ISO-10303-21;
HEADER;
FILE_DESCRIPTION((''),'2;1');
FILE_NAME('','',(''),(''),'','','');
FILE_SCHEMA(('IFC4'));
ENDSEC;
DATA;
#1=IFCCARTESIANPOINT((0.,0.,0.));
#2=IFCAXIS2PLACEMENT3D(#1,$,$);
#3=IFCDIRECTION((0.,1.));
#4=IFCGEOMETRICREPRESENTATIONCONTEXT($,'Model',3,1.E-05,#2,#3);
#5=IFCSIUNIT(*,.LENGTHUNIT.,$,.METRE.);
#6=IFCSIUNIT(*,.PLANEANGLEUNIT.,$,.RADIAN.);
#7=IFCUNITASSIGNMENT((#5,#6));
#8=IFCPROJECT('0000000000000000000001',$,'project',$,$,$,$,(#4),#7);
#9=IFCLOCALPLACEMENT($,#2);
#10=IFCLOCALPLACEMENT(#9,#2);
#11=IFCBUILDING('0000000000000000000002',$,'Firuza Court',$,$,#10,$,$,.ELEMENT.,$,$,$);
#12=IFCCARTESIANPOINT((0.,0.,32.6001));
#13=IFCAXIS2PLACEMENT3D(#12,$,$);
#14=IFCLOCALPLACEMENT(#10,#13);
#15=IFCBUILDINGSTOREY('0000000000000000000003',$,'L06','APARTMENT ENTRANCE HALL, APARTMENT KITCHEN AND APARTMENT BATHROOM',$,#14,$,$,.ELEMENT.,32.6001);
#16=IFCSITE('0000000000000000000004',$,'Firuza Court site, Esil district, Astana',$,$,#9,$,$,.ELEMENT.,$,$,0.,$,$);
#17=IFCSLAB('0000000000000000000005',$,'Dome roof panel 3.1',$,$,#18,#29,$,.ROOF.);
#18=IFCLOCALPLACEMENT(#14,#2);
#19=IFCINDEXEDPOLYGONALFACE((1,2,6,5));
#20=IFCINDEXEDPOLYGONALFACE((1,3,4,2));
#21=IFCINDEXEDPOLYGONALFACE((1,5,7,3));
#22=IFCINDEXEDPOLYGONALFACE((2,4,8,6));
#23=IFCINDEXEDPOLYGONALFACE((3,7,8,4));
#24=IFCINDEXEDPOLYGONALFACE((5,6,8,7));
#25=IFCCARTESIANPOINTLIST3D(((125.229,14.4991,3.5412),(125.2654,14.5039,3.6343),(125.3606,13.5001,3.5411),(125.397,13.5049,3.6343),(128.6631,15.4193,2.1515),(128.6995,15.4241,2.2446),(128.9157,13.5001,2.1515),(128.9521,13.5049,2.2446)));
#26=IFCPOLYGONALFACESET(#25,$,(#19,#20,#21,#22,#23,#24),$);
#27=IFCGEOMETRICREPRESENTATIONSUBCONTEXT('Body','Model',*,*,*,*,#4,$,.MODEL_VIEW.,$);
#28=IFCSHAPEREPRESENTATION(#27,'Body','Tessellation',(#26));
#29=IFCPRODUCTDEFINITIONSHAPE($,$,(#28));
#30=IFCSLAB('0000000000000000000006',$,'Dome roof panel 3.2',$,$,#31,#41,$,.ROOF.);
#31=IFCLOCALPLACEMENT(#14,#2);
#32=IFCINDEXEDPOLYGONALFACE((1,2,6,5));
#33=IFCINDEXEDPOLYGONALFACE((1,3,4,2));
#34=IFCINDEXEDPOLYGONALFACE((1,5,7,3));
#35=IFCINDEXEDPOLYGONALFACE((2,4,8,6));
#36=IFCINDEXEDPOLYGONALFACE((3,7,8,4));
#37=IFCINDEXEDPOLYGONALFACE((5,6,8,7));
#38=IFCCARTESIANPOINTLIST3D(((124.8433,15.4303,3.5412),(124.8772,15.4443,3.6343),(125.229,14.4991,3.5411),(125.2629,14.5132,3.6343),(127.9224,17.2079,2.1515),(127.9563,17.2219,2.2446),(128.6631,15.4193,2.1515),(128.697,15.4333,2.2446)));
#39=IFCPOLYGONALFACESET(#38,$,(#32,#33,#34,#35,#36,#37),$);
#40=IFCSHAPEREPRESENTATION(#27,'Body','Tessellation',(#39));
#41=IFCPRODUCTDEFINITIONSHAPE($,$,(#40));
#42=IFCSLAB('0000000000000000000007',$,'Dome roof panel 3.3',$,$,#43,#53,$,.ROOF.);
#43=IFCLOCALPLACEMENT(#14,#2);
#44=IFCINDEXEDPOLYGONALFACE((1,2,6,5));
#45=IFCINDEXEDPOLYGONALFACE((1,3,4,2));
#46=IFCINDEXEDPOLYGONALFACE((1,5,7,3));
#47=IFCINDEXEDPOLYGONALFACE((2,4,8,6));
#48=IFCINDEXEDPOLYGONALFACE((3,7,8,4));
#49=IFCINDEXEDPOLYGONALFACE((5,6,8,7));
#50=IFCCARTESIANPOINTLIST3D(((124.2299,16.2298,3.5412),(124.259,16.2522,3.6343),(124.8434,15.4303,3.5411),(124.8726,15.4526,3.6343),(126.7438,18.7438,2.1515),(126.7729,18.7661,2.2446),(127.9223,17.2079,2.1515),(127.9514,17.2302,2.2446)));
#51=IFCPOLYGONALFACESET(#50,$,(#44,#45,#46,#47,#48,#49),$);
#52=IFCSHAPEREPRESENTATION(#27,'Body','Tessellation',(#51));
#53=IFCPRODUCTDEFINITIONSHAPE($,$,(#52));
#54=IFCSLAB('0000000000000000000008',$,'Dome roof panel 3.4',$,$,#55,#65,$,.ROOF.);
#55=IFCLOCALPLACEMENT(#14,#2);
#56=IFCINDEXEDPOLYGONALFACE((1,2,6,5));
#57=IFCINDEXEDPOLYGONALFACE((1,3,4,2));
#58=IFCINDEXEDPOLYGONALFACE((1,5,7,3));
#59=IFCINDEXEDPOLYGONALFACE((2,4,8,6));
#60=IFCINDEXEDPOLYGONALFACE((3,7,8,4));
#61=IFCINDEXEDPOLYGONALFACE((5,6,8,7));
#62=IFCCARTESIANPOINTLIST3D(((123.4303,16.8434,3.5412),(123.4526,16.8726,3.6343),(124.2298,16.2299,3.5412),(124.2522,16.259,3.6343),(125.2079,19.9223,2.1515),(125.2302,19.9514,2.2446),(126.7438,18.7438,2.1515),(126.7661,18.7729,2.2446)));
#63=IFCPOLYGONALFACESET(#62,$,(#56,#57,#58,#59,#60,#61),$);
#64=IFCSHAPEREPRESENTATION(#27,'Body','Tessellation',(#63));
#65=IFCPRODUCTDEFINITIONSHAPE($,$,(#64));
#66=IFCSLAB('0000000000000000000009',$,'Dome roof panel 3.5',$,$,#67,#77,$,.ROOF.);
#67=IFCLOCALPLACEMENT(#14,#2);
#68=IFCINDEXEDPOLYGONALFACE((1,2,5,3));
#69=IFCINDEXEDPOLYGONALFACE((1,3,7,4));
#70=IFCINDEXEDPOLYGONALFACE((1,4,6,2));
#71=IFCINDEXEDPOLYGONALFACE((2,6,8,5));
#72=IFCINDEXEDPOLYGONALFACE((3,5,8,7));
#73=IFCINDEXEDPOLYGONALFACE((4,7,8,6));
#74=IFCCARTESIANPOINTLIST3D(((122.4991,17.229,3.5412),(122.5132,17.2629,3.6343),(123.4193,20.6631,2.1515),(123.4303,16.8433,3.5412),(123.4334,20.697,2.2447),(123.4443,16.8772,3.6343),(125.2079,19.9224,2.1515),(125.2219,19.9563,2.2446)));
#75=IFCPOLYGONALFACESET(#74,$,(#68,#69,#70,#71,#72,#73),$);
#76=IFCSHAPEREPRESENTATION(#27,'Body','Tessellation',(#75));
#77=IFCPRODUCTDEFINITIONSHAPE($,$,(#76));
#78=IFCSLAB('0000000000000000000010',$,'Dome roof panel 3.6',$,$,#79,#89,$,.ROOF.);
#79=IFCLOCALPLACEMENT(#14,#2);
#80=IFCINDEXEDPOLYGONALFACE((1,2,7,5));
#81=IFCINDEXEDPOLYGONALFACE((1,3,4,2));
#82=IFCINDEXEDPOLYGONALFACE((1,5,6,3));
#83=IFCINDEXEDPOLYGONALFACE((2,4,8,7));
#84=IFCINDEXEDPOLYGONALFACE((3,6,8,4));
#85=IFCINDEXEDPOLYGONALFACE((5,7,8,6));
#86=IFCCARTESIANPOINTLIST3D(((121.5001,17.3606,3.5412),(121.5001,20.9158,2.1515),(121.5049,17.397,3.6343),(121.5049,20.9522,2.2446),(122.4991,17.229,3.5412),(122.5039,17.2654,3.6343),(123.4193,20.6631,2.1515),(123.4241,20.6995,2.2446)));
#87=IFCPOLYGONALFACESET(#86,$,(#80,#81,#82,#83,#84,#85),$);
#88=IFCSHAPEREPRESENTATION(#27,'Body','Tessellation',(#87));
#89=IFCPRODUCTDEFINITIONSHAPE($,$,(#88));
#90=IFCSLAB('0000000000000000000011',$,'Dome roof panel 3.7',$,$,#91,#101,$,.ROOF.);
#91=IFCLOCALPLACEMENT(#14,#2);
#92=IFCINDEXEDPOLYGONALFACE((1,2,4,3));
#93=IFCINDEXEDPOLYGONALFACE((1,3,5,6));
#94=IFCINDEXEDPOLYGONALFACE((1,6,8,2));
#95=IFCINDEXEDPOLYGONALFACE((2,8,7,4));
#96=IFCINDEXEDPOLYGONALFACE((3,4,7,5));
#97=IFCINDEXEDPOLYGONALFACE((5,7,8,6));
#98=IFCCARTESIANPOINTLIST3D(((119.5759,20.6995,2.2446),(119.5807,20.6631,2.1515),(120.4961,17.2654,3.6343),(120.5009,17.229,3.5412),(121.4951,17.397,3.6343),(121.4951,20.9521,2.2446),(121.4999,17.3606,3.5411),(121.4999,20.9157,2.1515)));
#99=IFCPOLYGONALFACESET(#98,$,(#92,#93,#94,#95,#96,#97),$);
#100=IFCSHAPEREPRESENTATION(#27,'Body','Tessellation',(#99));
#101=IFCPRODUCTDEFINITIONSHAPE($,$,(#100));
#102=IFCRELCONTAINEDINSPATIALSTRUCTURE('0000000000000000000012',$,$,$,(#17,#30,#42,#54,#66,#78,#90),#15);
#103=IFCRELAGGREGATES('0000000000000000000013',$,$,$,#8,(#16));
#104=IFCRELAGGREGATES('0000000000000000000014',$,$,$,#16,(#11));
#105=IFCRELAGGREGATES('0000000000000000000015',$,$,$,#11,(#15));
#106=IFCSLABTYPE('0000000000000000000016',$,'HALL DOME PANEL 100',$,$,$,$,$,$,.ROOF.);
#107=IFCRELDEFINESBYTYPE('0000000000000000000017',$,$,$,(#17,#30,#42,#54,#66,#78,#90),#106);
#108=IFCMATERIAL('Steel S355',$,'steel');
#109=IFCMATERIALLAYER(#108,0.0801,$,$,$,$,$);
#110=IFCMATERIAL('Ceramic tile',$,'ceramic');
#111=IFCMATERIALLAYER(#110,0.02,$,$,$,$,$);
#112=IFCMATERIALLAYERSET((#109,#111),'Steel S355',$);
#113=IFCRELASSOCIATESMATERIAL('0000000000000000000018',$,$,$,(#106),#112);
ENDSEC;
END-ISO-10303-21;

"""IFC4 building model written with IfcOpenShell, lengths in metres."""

from ifc_helpers import new_model, si_unit, direction, frame, origin, place, context, subcontext, project, spatial, polyline, outline, extrude, material, layer, layer_set, type_object, element, save


model = new_model("IFC4")

# Units and contexts
model_context = context("Model", 3, precision=1e-05, world=origin(), true_north=direction((0.0, 1.0)))
body_context = subcontext(model_context, "Body", "Model", "MODEL_VIEW")
ifc_project = project(units=[si_unit("LENGTHUNIT", "METRE"), si_unit("PLANEANGLEUNIT", "RADIAN")], contexts=[model_context])

# Site, building, storey
site_placement = place(None, origin())
site = spatial("IfcSite", under=ifc_project, at=site_placement, Name="Firuza Court site, Esil district, Astana", CompositionType="ELEMENT", RefElevation=0.0)
building_placement = place(site_placement, origin())
building = spatial("IfcBuilding", under=site, at=building_placement, Name="Firuza Court", CompositionType="ELEMENT")
storey_placement = place(building_placement, frame((0.0, 0.0, 32.6001)))
storey = spatial("IfcBuildingStorey", under=building, at=storey_placement, Name="L06", Description="APARTMENT ENTRANCE HALL, APARTMENT KITCHEN AND APARTMENT BATHROOM", CompositionType="ELEMENT", Elevation=32.6001)

# Slabs
ifc_material_1 = material(Name="Steel S355", Category="steel")
ifc_layer_1 = layer(ifc_material_1, 0.0801)
ifc_material_2 = material(Name="Ceramic tile", Category="ceramic")
ifc_layer_2 = layer(ifc_material_2, 0.02)
ifc_layer_set = layer_set([ifc_layer_1, ifc_layer_2], Name="Steel S355")
slab_type = type_object("IfcSlabType", Name="HALL DOME PANEL 100", PredefinedType="ROOF", material=ifc_layer_set)
slab_1_placement = place(storey_placement, frame((128.9521, 13.5049, 2.2446), z_axis=(0.363636, 0.047884, 0.93031), x_axis=(-0.931378, 0.0, 0.364054)))
element("IfcSlab", 1, at=slab_1_placement, inside=storey, type_object=slab_type, Name="Dome roof panel 3.1", PredefinedType="ROOF", context=body_context, shape_type="SweptSolid", body=[
    extrude(outline(polyline([(0.0, 0.0), (3.8171, 0.0), (3.9397, -1.0002), (0.2353, -1.9214), (0.0, 0.0)])), origin(), (0.0, 0.0, -1.0), 0.1001),
])
slab_2_placement = place(storey_placement, frame((128.697, 15.4333, 2.2446), z_axis=(0.338851, 0.140346, 0.930313), x_axis=(-0.899644, -0.241061, 0.364046)))
element("IfcSlab", 2, at=slab_2_placement, inside=storey, type_object=slab_type, Name="Dome roof panel 3.2", PredefinedType="ROOF", context=body_context, shape_type="SweptSolid", body=[
    extrude(outline(polyline([(0.0, 0.0), (3.8172, 0.0), (3.9397, -1.0004), (0.2352, -1.9215), (0.0, 0.0)])), origin(), (0.0, 0.0, -1.0), 0.1001),
])
slab_3_placement = place(storey_placement, frame((127.9514, 17.2302, 2.2446), z_axis=(0.290987, 0.223274, 0.930309), x_axis=(-0.806595, -0.46569, 0.364056)))
element("IfcSlab", 3, at=slab_3_placement, inside=storey, type_object=slab_type, Name="Dome roof panel 3.3", PredefinedType="ROOF", context=body_context, shape_type="SweptSolid", body=[
    extrude(outline(polyline([(0.0, 0.0), (3.8171, 0.0), (3.9396, -1.0003), (0.2353, -1.9216), (0.0, 0.0)])), origin(), (0.0, 0.0, -1.0), 0.1001),
])
slab_4_placement = place(storey_placement, frame((126.7661, 18.7729, 2.2446), z_axis=(0.223274, 0.290987, 0.930309), x_axis=(-0.658583, -0.658583, 0.364055)))
element("IfcSlab", 4, at=slab_4_placement, inside=storey, type_object=slab_type, Name="Dome roof panel 3.4", PredefinedType="ROOF", context=body_context, shape_type="SweptSolid", body=[
    extrude(outline(polyline([(0.0, 0.0), (3.8172, 0.0), (3.9397, -1.0003), (0.2354, -1.9215), (0.0, 0.0)])), origin(), (0.0, 0.0, -1.0), 0.1001),
])
slab_5_placement = place(storey_placement, frame((125.2219, 19.9563, 2.2446), z_axis=(0.140346, 0.338851, 0.930313), x_axis=(-0.465665, -0.806615, 0.364045)))
element("IfcSlab", 5, at=slab_5_placement, inside=storey, type_object=slab_type, Name="Dome roof panel 3.5", PredefinedType="ROOF", context=body_context, shape_type="SweptSolid", body=[
    extrude(outline(polyline([(0.0, 0.0), (3.8173, 0.0), (3.9398, -1.0004), (0.2354, -1.9215), (0.0, 0.0)])), origin(), (0.0, 0.0, -1.0), 0.1001),
])
slab_6_placement = place(storey_placement, frame((123.4241, 20.6995, 2.2446), z_axis=(0.047884, 0.363636, 0.93031), x_axis=(-0.24106, -0.899641, 0.364056)))
element("IfcSlab", 6, at=slab_6_placement, inside=storey, type_object=slab_type, Name="Dome roof panel 3.6", PredefinedType="ROOF", context=body_context, shape_type="SweptSolid", body=[
    extrude(outline(polyline([(0.0, 0.0), (3.8172, 0.0), (3.9396, -1.0002), (0.2353, -1.9214), (0.0, 0.0)])), origin(), (0.0, 0.0, -1.0), 0.1001),
])
slab_7_placement = place(storey_placement, frame((121.4951, 20.9521, 2.2446), z_axis=(-0.047884, 0.363636, 0.93031), x_axis=(0.0, -0.931378, 0.364054)))
element("IfcSlab", 7, at=slab_7_placement, inside=storey, type_object=slab_type, Name="Dome roof panel 3.7", PredefinedType="ROOF", context=body_context, shape_type="SweptSolid", body=[
    extrude(outline(polyline([(0.0, 0.0), (3.8171, 0.0), (3.9397, -1.0002), (0.2353, -1.9214), (0.0, 0.0)])), origin(), (0.0, 0.0, -1.0), 0.1001),
])

save(model, "model.ifc")
